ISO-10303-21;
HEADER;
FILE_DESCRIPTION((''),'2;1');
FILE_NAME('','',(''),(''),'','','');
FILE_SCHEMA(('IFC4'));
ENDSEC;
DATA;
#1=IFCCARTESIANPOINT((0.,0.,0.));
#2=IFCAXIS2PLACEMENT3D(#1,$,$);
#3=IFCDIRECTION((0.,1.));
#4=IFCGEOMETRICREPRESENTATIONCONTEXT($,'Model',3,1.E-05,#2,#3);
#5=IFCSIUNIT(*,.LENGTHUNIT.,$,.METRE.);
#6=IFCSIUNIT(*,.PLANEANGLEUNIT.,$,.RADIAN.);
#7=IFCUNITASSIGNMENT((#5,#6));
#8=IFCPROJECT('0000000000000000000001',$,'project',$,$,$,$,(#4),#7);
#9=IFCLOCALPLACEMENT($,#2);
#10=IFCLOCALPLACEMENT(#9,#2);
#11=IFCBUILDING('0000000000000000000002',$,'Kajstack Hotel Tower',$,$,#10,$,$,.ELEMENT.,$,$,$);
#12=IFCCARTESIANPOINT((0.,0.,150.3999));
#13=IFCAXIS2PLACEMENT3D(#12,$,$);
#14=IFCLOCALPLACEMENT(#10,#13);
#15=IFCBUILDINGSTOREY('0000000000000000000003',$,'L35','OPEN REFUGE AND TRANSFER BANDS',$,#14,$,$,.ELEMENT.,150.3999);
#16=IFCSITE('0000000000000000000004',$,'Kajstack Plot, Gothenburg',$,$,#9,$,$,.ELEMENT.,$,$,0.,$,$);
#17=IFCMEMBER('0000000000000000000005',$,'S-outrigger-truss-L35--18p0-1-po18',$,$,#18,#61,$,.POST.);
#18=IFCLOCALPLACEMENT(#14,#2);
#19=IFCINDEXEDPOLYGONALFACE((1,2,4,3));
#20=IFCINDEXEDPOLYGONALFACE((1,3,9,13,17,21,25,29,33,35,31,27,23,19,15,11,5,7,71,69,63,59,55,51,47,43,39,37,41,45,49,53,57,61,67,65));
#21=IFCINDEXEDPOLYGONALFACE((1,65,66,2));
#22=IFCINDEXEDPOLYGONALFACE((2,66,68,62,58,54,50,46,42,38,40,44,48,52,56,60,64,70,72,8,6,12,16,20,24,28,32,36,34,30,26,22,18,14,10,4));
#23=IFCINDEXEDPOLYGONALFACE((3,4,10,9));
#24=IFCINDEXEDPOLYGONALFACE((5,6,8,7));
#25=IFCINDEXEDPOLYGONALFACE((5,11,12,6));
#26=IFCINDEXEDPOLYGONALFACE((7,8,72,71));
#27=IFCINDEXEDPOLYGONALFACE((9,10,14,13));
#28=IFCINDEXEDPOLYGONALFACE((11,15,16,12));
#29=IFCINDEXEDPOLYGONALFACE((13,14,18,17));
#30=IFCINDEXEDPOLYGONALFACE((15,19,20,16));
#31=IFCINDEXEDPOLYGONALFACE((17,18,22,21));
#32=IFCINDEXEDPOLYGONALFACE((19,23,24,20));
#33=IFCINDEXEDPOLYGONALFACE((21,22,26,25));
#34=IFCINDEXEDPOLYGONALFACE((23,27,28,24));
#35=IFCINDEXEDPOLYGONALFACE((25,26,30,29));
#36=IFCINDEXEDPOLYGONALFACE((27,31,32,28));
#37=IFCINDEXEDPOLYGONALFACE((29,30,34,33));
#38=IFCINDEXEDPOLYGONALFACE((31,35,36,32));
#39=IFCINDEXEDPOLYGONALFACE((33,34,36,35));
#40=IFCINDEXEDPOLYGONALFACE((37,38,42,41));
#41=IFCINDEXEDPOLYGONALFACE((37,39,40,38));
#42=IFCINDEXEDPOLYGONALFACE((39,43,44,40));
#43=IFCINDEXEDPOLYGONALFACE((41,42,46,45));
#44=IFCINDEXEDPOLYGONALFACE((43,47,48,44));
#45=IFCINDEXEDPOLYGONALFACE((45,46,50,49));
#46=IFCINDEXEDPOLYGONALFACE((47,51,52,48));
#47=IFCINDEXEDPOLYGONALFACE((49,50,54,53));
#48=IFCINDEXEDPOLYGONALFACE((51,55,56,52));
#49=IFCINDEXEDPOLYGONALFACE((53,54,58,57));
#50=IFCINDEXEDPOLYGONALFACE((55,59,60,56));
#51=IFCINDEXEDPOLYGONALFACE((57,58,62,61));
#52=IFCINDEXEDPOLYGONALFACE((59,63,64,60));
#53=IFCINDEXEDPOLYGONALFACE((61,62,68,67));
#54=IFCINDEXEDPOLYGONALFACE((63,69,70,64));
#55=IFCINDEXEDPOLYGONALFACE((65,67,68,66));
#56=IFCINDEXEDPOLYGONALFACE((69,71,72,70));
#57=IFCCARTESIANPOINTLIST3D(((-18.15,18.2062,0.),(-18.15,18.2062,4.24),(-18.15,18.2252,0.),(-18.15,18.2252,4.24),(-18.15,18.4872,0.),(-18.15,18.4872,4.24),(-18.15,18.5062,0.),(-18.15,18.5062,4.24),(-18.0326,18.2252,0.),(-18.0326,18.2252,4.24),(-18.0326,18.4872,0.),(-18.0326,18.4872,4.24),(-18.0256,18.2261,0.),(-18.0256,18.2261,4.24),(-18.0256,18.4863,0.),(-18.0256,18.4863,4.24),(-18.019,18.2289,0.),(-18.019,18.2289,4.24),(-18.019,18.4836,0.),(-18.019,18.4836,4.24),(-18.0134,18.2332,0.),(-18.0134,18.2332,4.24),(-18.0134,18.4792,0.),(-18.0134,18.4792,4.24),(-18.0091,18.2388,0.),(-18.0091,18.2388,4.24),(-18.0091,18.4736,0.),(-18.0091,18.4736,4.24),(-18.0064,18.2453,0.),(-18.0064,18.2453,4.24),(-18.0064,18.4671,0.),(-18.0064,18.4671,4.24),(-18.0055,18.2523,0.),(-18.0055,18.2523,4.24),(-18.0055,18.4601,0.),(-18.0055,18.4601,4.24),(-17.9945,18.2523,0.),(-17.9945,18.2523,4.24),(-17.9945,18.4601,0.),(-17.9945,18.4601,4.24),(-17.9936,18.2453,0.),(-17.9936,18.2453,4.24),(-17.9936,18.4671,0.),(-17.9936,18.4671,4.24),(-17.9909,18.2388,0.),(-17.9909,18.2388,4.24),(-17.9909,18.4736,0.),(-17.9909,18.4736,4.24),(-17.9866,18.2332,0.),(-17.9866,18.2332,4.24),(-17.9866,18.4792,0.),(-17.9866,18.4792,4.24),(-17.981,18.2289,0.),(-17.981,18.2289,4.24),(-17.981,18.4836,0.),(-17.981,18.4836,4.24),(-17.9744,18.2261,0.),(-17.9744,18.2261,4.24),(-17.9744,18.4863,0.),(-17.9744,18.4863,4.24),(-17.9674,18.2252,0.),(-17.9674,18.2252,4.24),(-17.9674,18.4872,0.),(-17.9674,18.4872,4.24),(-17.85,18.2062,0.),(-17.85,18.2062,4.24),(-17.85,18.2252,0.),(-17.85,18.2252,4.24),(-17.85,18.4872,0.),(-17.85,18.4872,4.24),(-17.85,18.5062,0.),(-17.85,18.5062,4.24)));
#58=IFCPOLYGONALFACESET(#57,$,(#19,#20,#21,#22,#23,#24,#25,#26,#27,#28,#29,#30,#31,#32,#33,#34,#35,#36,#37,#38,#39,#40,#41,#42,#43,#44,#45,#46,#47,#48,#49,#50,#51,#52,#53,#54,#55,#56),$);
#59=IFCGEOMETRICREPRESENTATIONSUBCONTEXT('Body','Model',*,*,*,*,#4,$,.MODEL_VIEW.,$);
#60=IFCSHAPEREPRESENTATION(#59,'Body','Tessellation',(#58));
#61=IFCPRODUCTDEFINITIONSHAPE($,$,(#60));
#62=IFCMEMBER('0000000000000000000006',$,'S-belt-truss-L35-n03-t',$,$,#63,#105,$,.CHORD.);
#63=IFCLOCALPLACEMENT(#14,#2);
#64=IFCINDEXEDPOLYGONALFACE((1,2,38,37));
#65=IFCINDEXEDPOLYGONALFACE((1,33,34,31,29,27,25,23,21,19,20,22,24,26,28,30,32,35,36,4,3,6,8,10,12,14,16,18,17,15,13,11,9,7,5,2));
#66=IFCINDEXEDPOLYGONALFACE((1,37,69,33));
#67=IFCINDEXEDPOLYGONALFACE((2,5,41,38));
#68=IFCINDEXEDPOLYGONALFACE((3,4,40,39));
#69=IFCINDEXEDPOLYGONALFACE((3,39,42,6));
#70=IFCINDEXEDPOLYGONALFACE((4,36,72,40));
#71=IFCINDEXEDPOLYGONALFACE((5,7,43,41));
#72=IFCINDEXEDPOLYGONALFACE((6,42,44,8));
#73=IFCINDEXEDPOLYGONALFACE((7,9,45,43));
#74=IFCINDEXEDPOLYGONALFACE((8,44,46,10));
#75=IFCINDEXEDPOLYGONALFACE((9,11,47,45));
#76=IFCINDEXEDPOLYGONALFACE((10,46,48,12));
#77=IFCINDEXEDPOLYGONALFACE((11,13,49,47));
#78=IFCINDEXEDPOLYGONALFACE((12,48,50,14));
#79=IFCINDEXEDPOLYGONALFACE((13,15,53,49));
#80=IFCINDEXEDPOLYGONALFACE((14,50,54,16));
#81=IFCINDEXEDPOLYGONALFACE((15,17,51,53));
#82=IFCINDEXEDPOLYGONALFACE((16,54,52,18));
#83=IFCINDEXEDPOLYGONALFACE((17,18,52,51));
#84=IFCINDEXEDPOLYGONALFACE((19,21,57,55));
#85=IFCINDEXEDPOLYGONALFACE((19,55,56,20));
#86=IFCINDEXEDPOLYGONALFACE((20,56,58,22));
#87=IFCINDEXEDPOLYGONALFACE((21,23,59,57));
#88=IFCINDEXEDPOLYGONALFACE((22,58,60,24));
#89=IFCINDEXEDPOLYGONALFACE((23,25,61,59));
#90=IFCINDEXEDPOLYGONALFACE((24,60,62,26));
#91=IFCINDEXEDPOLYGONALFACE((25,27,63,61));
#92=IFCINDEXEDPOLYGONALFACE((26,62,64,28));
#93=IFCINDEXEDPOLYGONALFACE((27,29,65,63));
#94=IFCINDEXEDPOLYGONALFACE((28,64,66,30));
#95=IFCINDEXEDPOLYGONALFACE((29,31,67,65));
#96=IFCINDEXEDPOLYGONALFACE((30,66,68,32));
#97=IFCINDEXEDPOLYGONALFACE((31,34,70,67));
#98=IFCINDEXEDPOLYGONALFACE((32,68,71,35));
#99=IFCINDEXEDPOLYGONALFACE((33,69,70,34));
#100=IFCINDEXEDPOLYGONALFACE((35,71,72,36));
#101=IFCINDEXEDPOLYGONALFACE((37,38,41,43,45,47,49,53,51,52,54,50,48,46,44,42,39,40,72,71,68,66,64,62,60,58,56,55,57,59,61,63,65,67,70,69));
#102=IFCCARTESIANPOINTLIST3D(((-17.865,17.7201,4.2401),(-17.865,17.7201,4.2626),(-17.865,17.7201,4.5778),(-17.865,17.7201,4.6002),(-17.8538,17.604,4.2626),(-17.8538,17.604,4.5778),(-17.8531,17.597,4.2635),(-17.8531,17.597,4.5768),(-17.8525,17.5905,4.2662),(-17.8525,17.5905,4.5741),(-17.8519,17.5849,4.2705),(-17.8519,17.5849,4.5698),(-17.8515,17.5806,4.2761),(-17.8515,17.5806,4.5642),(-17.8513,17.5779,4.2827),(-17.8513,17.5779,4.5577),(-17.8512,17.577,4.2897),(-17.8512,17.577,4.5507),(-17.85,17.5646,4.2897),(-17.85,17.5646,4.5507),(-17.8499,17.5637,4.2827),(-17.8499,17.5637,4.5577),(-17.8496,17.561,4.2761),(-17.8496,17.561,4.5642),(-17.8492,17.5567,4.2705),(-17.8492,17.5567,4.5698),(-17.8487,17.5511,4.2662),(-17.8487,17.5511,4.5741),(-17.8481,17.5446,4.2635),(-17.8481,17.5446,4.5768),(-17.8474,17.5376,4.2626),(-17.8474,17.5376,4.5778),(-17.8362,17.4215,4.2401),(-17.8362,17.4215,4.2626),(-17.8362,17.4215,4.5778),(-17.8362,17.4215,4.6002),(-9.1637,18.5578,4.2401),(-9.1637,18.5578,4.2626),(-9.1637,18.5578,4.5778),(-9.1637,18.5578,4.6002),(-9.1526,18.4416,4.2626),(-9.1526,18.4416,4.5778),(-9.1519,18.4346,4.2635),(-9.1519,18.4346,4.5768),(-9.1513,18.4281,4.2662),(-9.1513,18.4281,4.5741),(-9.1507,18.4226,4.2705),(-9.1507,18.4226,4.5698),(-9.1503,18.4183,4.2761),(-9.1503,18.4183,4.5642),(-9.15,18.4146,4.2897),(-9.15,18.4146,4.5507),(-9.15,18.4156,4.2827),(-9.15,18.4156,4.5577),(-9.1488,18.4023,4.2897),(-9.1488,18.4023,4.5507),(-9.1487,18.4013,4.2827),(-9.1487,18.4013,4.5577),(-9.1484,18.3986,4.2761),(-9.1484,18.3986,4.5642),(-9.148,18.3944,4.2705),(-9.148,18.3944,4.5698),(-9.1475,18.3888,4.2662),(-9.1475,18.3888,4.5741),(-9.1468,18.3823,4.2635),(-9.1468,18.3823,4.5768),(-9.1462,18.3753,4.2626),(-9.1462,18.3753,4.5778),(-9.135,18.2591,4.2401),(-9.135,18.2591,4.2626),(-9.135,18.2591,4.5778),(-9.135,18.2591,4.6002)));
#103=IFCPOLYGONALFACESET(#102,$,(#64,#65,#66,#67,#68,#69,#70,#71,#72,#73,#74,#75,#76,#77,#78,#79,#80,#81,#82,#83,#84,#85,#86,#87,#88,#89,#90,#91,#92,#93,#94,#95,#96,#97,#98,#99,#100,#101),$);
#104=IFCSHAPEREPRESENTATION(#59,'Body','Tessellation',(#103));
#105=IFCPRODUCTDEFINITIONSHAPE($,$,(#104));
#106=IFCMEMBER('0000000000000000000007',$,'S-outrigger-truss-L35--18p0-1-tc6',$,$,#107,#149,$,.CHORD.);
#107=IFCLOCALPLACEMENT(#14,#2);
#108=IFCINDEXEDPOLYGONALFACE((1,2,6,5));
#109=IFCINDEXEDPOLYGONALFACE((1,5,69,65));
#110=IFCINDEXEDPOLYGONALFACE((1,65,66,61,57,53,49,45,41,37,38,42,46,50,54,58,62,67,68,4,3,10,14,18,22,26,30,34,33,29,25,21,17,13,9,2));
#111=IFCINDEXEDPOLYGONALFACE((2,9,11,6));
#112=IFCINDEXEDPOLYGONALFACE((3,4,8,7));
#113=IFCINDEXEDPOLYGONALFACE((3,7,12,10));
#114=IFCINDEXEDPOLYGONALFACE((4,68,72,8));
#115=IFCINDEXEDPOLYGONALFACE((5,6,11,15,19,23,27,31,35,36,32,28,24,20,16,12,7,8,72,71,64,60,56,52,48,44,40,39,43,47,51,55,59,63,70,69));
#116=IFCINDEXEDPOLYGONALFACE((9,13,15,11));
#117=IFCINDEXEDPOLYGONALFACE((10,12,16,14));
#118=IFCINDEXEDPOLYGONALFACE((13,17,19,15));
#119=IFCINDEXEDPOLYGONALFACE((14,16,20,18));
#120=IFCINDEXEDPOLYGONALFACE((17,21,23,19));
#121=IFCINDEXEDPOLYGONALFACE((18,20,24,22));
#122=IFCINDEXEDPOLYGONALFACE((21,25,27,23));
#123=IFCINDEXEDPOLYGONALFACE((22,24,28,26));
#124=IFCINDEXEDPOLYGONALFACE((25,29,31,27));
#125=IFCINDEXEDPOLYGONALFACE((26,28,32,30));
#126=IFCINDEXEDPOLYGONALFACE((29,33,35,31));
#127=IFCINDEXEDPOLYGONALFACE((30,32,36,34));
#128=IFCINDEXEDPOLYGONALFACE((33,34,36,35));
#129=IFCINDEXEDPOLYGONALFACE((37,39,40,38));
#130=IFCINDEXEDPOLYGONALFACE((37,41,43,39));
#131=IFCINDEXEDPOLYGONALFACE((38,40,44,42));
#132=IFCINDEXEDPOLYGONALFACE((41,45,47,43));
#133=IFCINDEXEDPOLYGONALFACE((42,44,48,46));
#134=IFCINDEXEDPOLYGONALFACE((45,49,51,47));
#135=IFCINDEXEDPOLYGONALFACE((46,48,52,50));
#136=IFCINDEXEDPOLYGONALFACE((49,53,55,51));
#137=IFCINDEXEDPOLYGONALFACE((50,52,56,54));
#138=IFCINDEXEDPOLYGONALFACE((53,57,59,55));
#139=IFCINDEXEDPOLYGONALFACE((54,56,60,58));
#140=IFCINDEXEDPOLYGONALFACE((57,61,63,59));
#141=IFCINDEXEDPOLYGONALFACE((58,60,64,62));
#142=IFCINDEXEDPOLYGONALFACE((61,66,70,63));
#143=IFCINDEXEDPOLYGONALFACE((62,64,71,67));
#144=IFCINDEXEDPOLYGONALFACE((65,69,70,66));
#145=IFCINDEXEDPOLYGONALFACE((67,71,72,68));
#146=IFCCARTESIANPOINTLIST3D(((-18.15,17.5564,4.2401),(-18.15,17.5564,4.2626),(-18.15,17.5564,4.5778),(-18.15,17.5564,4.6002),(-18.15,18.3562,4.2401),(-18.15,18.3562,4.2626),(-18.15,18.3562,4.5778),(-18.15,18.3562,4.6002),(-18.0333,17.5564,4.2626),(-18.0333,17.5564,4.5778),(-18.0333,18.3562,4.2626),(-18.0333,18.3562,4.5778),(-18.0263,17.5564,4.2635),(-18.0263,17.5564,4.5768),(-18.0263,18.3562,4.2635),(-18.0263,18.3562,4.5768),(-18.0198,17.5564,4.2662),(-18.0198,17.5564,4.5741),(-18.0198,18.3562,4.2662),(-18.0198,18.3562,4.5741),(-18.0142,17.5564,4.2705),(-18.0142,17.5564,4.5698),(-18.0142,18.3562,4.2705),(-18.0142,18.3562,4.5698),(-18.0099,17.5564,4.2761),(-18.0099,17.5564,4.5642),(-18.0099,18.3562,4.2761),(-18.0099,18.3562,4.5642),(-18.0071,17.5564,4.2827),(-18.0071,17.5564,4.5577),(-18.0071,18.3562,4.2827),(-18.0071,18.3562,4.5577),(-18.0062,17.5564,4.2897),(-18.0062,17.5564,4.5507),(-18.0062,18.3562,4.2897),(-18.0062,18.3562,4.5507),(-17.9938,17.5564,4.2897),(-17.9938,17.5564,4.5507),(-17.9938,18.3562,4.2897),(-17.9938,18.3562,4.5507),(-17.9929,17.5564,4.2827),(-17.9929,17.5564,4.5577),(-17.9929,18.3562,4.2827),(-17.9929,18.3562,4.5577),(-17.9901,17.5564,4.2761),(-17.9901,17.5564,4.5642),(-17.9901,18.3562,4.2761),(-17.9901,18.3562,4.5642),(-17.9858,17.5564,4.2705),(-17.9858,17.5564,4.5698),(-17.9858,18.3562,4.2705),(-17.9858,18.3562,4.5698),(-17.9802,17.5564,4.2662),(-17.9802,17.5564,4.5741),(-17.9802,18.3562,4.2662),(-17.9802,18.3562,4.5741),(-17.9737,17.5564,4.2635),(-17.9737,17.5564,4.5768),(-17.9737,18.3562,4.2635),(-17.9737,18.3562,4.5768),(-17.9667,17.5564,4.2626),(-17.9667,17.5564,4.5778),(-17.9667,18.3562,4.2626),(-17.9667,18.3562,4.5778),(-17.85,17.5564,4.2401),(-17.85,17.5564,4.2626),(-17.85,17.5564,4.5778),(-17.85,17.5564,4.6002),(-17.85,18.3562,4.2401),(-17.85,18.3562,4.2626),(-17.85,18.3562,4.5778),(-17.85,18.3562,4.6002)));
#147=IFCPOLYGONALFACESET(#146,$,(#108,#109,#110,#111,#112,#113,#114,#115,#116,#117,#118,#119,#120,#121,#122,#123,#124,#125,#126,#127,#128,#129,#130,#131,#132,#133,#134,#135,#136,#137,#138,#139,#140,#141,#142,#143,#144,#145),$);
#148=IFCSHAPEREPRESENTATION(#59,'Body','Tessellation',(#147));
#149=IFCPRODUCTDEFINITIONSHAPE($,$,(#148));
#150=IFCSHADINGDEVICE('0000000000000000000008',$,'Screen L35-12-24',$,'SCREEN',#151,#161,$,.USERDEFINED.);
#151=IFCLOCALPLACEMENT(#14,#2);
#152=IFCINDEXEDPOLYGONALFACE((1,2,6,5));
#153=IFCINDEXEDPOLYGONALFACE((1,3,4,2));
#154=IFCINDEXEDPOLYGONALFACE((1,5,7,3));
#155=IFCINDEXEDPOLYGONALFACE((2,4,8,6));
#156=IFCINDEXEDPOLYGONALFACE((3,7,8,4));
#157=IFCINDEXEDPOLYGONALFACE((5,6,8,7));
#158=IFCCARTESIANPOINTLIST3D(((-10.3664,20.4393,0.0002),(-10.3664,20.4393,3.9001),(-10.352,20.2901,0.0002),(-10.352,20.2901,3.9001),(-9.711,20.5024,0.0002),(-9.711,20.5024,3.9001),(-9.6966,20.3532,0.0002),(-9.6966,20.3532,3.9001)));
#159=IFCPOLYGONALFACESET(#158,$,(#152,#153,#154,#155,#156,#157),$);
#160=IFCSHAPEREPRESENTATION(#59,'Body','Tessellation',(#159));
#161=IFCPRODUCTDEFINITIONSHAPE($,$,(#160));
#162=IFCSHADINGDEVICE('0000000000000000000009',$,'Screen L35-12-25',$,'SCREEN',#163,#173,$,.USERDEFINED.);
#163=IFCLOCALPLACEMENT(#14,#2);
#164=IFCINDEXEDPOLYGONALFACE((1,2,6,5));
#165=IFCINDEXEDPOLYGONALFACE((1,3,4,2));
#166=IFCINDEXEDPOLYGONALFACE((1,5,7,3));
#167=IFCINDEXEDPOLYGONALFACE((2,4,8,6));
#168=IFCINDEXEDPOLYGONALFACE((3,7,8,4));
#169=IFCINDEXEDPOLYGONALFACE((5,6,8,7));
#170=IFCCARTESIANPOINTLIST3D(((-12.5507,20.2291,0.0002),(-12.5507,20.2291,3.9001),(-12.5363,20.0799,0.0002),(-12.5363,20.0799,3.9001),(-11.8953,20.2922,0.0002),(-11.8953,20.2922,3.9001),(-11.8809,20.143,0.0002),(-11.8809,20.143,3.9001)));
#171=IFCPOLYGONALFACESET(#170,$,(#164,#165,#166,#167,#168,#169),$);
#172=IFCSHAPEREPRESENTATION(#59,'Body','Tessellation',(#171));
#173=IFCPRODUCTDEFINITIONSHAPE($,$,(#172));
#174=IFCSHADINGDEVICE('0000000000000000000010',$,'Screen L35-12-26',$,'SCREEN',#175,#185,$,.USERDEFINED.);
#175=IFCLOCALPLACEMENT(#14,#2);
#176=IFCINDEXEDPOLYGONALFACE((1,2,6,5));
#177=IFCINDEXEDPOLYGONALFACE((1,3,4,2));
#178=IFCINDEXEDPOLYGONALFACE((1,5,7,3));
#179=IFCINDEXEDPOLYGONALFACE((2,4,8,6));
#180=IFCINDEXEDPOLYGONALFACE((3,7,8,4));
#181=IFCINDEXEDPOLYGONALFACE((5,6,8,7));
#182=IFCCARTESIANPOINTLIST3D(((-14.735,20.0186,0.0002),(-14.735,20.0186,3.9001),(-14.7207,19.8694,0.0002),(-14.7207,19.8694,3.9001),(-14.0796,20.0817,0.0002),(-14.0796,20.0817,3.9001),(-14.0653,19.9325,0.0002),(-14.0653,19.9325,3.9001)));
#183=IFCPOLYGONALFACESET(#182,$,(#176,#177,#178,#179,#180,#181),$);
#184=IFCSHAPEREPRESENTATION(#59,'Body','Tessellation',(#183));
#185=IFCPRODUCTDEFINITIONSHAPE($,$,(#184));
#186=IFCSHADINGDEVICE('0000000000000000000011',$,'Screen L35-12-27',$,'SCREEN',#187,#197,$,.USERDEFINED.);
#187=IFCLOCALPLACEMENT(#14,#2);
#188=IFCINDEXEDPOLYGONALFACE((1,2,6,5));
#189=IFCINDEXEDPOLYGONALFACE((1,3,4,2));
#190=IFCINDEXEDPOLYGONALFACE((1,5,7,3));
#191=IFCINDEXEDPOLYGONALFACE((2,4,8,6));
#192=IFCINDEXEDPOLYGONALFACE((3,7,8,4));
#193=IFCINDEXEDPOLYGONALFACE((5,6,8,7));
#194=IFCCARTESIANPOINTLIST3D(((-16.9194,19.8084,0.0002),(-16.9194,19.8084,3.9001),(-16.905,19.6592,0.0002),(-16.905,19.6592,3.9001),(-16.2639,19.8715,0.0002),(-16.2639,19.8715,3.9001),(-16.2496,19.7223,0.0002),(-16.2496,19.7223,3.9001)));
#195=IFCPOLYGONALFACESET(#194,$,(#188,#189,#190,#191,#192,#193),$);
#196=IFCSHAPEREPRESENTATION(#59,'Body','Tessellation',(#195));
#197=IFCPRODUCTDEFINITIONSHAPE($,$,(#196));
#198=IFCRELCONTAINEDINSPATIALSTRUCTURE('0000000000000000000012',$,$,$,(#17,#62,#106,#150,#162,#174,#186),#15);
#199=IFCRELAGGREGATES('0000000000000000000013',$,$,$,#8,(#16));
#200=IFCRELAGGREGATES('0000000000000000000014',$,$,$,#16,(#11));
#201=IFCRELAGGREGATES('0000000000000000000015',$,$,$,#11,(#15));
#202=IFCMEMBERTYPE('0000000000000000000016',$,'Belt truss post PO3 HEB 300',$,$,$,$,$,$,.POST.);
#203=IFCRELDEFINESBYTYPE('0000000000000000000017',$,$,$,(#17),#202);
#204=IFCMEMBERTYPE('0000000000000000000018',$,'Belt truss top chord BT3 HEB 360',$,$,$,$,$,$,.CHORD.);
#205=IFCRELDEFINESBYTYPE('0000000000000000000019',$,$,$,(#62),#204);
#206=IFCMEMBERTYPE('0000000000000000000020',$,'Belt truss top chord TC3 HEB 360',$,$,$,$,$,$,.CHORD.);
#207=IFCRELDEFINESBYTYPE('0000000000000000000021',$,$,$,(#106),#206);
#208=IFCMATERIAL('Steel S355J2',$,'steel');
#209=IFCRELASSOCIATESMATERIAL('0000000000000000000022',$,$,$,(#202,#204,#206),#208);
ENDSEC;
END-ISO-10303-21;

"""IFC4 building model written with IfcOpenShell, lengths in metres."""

from ifc_helpers import new_model, si_unit, direction, frame, origin, origin_2d, place, context, subcontext, project, spatial, rectangle, i_section, extrude, material, material_profile, profile_set, type_object, element, save


model = new_model("IFC4")

# Units and contexts
model_context = context("Model", 3, precision=1e-05, world=origin(), true_north=direction((0.0, 1.0)))
body_context = subcontext(model_context, "Body", "Model", "MODEL_VIEW")
ifc_project = project(units=[si_unit("LENGTHUNIT", "METRE"), si_unit("PLANEANGLEUNIT", "RADIAN")], contexts=[model_context])

# Site, building, storey
site_placement = place(None, origin())
site = spatial("IfcSite", under=ifc_project, at=site_placement, Name="Kajstack Plot, Gothenburg", CompositionType="ELEMENT", RefElevation=0.0)
building_placement = place(site_placement, origin())
building = spatial("IfcBuilding", under=site, at=building_placement, Name="Kajstack Hotel Tower", CompositionType="ELEMENT")
storey_placement = place(building_placement, frame((0.0, 0.0, 150.3999)))
storey = spatial("IfcBuildingStorey", under=building, at=storey_placement, Name="L35", Description="OPEN REFUGE AND TRANSFER BANDS", CompositionType="ELEMENT", Elevation=150.3999)

# Members
ifc_material = material(Name="Steel S355J2", Category="steel")
ifc_material_profile_1 = material_profile(ifc_material, i_section(OverallWidth=0.3, OverallDepth=0.3, WebThickness=0.011, FlangeThickness=0.019, FilletRadius=0.0271, at=origin_2d()), Name="HEB 300")
ifc_profile_set_1 = profile_set([ifc_material_profile_1], Name="Steel S355J2")
member_type_1 = type_object("IfcMemberType", Name="Belt truss post PO3 HEB 300", PredefinedType="POST", material=ifc_profile_set_1)
for number, where, z_axis, x_axis, name in (
    (1, (-18.0, 18.3562, 0.0), (0.0, 0.0, 1.0), (1.0, 0.0, 0.0), "S-outrigger-truss-L35--18p0-1-po18"),
):
    element("IfcMember", number, at=place(storey_placement, frame(where, z_axis=z_axis, x_axis=x_axis)), inside=storey, type_object=member_type_1, Name=name, PredefinedType="POST", context=body_context, shape_type="SweptSolid", body=[
        extrude(i_section(OverallWidth=0.3, OverallDepth=0.3, WebThickness=0.011, FlangeThickness=0.019, FilletRadius=0.0271, at=origin_2d()), origin(), (0.0, 0.0, 1.0), 4.24),
    ])
ifc_material_profile_2 = material_profile(ifc_material, i_section(OverallWidth=0.3, OverallDepth=0.3601, WebThickness=0.0125, FlangeThickness=0.0225, FilletRadius=0.0271, at=origin_2d()), Name="HEB 360")
ifc_profile_set_2 = profile_set([ifc_material_profile_2], Name="Steel S355J2")
member_type_2 = type_object("IfcMemberType", Name="Belt truss top chord BT3 HEB 360", PredefinedType="CHORD", material=ifc_profile_set_2)
member_1_placement = place(storey_placement, frame((-17.8506, 17.5708, 4.4202), z_axis=(0.995398, 0.095825, 0.0), x_axis=(-0.095825, 0.995398, 0.0)))
element("IfcMember", 2, at=member_1_placement, inside=storey, type_object=member_type_2, Name="S-belt-truss-L35-n03-t", PredefinedType="CHORD", context=body_context, shape_type="SweptSolid", body=[
    extrude(i_section(OverallWidth=0.3, OverallDepth=0.3601, WebThickness=0.0125, FlangeThickness=0.0225, FilletRadius=0.0271, at=origin_2d()), origin(), (0.0, 0.0, 1.0), 8.7415),
])
ifc_material_profile_3 = material_profile(ifc_material, i_section(OverallWidth=0.3, OverallDepth=0.3601, WebThickness=0.0125, FlangeThickness=0.0225, FilletRadius=0.0271, at=origin_2d()), Name="HEB 360")
ifc_profile_set_3 = profile_set([ifc_material_profile_3], Name="Steel S355J2")
member_type_3 = type_object("IfcMemberType", Name="Belt truss top chord TC3 HEB 360", PredefinedType="CHORD", material=ifc_profile_set_3)
member_2_placement = place(storey_placement, frame((-18.0, 17.5564, 4.4202), z_axis=(0.0, 1.0, 0.0), x_axis=(-1.0, 0.0, 0.0)))
element("IfcMember", 3, at=member_2_placement, inside=storey, type_object=member_type_3, Name="S-outrigger-truss-L35--18p0-1-tc6", PredefinedType="CHORD", context=body_context, shape_type="SweptSolid", body=[
    extrude(i_section(OverallWidth=0.3, OverallDepth=0.3601, WebThickness=0.0125, FlangeThickness=0.0225, FilletRadius=0.0271, at=origin_2d()), origin(), (0.0, 0.0, 1.0), 0.7998),
])

# Shading devices
for number, where, z_axis, x_axis, name in (
    (4, (-10.0315, 20.3962, 0.0002), (0.0, 0.0, 1.0), (-0.995396, -0.095846, 0.0), "Screen L35-12-24"),
    (5, (-12.2158, 20.186, 0.0002), (0.0, 0.0, 1.0), (-0.995396, -0.095846, 0.0), "Screen L35-12-25"),
    (6, (-14.4001, 19.9756, 0.0002), (0.0, 0.0, 1.0), (-0.995396, -0.095846, 0.0), "Screen L35-12-26"),
    (7, (-16.5845, 19.7654, 0.0002), (0.0, 0.0, 1.0), (-0.995396, -0.095846, 0.0), "Screen L35-12-27"),
):
    element("IfcShadingDevice", number, at=place(storey_placement, frame(where, z_axis=z_axis, x_axis=x_axis)), inside=storey, Name=name, ObjectType="SCREEN", PredefinedType="USERDEFINED", context=body_context, shape_type="SweptSolid", body=[
        extrude(rectangle(XDim=0.6584, YDim=0.1499, at=origin_2d()), origin(), (0.0, 0.0, 1.0), 3.8999),
    ])

save(model, "model.ifc")
